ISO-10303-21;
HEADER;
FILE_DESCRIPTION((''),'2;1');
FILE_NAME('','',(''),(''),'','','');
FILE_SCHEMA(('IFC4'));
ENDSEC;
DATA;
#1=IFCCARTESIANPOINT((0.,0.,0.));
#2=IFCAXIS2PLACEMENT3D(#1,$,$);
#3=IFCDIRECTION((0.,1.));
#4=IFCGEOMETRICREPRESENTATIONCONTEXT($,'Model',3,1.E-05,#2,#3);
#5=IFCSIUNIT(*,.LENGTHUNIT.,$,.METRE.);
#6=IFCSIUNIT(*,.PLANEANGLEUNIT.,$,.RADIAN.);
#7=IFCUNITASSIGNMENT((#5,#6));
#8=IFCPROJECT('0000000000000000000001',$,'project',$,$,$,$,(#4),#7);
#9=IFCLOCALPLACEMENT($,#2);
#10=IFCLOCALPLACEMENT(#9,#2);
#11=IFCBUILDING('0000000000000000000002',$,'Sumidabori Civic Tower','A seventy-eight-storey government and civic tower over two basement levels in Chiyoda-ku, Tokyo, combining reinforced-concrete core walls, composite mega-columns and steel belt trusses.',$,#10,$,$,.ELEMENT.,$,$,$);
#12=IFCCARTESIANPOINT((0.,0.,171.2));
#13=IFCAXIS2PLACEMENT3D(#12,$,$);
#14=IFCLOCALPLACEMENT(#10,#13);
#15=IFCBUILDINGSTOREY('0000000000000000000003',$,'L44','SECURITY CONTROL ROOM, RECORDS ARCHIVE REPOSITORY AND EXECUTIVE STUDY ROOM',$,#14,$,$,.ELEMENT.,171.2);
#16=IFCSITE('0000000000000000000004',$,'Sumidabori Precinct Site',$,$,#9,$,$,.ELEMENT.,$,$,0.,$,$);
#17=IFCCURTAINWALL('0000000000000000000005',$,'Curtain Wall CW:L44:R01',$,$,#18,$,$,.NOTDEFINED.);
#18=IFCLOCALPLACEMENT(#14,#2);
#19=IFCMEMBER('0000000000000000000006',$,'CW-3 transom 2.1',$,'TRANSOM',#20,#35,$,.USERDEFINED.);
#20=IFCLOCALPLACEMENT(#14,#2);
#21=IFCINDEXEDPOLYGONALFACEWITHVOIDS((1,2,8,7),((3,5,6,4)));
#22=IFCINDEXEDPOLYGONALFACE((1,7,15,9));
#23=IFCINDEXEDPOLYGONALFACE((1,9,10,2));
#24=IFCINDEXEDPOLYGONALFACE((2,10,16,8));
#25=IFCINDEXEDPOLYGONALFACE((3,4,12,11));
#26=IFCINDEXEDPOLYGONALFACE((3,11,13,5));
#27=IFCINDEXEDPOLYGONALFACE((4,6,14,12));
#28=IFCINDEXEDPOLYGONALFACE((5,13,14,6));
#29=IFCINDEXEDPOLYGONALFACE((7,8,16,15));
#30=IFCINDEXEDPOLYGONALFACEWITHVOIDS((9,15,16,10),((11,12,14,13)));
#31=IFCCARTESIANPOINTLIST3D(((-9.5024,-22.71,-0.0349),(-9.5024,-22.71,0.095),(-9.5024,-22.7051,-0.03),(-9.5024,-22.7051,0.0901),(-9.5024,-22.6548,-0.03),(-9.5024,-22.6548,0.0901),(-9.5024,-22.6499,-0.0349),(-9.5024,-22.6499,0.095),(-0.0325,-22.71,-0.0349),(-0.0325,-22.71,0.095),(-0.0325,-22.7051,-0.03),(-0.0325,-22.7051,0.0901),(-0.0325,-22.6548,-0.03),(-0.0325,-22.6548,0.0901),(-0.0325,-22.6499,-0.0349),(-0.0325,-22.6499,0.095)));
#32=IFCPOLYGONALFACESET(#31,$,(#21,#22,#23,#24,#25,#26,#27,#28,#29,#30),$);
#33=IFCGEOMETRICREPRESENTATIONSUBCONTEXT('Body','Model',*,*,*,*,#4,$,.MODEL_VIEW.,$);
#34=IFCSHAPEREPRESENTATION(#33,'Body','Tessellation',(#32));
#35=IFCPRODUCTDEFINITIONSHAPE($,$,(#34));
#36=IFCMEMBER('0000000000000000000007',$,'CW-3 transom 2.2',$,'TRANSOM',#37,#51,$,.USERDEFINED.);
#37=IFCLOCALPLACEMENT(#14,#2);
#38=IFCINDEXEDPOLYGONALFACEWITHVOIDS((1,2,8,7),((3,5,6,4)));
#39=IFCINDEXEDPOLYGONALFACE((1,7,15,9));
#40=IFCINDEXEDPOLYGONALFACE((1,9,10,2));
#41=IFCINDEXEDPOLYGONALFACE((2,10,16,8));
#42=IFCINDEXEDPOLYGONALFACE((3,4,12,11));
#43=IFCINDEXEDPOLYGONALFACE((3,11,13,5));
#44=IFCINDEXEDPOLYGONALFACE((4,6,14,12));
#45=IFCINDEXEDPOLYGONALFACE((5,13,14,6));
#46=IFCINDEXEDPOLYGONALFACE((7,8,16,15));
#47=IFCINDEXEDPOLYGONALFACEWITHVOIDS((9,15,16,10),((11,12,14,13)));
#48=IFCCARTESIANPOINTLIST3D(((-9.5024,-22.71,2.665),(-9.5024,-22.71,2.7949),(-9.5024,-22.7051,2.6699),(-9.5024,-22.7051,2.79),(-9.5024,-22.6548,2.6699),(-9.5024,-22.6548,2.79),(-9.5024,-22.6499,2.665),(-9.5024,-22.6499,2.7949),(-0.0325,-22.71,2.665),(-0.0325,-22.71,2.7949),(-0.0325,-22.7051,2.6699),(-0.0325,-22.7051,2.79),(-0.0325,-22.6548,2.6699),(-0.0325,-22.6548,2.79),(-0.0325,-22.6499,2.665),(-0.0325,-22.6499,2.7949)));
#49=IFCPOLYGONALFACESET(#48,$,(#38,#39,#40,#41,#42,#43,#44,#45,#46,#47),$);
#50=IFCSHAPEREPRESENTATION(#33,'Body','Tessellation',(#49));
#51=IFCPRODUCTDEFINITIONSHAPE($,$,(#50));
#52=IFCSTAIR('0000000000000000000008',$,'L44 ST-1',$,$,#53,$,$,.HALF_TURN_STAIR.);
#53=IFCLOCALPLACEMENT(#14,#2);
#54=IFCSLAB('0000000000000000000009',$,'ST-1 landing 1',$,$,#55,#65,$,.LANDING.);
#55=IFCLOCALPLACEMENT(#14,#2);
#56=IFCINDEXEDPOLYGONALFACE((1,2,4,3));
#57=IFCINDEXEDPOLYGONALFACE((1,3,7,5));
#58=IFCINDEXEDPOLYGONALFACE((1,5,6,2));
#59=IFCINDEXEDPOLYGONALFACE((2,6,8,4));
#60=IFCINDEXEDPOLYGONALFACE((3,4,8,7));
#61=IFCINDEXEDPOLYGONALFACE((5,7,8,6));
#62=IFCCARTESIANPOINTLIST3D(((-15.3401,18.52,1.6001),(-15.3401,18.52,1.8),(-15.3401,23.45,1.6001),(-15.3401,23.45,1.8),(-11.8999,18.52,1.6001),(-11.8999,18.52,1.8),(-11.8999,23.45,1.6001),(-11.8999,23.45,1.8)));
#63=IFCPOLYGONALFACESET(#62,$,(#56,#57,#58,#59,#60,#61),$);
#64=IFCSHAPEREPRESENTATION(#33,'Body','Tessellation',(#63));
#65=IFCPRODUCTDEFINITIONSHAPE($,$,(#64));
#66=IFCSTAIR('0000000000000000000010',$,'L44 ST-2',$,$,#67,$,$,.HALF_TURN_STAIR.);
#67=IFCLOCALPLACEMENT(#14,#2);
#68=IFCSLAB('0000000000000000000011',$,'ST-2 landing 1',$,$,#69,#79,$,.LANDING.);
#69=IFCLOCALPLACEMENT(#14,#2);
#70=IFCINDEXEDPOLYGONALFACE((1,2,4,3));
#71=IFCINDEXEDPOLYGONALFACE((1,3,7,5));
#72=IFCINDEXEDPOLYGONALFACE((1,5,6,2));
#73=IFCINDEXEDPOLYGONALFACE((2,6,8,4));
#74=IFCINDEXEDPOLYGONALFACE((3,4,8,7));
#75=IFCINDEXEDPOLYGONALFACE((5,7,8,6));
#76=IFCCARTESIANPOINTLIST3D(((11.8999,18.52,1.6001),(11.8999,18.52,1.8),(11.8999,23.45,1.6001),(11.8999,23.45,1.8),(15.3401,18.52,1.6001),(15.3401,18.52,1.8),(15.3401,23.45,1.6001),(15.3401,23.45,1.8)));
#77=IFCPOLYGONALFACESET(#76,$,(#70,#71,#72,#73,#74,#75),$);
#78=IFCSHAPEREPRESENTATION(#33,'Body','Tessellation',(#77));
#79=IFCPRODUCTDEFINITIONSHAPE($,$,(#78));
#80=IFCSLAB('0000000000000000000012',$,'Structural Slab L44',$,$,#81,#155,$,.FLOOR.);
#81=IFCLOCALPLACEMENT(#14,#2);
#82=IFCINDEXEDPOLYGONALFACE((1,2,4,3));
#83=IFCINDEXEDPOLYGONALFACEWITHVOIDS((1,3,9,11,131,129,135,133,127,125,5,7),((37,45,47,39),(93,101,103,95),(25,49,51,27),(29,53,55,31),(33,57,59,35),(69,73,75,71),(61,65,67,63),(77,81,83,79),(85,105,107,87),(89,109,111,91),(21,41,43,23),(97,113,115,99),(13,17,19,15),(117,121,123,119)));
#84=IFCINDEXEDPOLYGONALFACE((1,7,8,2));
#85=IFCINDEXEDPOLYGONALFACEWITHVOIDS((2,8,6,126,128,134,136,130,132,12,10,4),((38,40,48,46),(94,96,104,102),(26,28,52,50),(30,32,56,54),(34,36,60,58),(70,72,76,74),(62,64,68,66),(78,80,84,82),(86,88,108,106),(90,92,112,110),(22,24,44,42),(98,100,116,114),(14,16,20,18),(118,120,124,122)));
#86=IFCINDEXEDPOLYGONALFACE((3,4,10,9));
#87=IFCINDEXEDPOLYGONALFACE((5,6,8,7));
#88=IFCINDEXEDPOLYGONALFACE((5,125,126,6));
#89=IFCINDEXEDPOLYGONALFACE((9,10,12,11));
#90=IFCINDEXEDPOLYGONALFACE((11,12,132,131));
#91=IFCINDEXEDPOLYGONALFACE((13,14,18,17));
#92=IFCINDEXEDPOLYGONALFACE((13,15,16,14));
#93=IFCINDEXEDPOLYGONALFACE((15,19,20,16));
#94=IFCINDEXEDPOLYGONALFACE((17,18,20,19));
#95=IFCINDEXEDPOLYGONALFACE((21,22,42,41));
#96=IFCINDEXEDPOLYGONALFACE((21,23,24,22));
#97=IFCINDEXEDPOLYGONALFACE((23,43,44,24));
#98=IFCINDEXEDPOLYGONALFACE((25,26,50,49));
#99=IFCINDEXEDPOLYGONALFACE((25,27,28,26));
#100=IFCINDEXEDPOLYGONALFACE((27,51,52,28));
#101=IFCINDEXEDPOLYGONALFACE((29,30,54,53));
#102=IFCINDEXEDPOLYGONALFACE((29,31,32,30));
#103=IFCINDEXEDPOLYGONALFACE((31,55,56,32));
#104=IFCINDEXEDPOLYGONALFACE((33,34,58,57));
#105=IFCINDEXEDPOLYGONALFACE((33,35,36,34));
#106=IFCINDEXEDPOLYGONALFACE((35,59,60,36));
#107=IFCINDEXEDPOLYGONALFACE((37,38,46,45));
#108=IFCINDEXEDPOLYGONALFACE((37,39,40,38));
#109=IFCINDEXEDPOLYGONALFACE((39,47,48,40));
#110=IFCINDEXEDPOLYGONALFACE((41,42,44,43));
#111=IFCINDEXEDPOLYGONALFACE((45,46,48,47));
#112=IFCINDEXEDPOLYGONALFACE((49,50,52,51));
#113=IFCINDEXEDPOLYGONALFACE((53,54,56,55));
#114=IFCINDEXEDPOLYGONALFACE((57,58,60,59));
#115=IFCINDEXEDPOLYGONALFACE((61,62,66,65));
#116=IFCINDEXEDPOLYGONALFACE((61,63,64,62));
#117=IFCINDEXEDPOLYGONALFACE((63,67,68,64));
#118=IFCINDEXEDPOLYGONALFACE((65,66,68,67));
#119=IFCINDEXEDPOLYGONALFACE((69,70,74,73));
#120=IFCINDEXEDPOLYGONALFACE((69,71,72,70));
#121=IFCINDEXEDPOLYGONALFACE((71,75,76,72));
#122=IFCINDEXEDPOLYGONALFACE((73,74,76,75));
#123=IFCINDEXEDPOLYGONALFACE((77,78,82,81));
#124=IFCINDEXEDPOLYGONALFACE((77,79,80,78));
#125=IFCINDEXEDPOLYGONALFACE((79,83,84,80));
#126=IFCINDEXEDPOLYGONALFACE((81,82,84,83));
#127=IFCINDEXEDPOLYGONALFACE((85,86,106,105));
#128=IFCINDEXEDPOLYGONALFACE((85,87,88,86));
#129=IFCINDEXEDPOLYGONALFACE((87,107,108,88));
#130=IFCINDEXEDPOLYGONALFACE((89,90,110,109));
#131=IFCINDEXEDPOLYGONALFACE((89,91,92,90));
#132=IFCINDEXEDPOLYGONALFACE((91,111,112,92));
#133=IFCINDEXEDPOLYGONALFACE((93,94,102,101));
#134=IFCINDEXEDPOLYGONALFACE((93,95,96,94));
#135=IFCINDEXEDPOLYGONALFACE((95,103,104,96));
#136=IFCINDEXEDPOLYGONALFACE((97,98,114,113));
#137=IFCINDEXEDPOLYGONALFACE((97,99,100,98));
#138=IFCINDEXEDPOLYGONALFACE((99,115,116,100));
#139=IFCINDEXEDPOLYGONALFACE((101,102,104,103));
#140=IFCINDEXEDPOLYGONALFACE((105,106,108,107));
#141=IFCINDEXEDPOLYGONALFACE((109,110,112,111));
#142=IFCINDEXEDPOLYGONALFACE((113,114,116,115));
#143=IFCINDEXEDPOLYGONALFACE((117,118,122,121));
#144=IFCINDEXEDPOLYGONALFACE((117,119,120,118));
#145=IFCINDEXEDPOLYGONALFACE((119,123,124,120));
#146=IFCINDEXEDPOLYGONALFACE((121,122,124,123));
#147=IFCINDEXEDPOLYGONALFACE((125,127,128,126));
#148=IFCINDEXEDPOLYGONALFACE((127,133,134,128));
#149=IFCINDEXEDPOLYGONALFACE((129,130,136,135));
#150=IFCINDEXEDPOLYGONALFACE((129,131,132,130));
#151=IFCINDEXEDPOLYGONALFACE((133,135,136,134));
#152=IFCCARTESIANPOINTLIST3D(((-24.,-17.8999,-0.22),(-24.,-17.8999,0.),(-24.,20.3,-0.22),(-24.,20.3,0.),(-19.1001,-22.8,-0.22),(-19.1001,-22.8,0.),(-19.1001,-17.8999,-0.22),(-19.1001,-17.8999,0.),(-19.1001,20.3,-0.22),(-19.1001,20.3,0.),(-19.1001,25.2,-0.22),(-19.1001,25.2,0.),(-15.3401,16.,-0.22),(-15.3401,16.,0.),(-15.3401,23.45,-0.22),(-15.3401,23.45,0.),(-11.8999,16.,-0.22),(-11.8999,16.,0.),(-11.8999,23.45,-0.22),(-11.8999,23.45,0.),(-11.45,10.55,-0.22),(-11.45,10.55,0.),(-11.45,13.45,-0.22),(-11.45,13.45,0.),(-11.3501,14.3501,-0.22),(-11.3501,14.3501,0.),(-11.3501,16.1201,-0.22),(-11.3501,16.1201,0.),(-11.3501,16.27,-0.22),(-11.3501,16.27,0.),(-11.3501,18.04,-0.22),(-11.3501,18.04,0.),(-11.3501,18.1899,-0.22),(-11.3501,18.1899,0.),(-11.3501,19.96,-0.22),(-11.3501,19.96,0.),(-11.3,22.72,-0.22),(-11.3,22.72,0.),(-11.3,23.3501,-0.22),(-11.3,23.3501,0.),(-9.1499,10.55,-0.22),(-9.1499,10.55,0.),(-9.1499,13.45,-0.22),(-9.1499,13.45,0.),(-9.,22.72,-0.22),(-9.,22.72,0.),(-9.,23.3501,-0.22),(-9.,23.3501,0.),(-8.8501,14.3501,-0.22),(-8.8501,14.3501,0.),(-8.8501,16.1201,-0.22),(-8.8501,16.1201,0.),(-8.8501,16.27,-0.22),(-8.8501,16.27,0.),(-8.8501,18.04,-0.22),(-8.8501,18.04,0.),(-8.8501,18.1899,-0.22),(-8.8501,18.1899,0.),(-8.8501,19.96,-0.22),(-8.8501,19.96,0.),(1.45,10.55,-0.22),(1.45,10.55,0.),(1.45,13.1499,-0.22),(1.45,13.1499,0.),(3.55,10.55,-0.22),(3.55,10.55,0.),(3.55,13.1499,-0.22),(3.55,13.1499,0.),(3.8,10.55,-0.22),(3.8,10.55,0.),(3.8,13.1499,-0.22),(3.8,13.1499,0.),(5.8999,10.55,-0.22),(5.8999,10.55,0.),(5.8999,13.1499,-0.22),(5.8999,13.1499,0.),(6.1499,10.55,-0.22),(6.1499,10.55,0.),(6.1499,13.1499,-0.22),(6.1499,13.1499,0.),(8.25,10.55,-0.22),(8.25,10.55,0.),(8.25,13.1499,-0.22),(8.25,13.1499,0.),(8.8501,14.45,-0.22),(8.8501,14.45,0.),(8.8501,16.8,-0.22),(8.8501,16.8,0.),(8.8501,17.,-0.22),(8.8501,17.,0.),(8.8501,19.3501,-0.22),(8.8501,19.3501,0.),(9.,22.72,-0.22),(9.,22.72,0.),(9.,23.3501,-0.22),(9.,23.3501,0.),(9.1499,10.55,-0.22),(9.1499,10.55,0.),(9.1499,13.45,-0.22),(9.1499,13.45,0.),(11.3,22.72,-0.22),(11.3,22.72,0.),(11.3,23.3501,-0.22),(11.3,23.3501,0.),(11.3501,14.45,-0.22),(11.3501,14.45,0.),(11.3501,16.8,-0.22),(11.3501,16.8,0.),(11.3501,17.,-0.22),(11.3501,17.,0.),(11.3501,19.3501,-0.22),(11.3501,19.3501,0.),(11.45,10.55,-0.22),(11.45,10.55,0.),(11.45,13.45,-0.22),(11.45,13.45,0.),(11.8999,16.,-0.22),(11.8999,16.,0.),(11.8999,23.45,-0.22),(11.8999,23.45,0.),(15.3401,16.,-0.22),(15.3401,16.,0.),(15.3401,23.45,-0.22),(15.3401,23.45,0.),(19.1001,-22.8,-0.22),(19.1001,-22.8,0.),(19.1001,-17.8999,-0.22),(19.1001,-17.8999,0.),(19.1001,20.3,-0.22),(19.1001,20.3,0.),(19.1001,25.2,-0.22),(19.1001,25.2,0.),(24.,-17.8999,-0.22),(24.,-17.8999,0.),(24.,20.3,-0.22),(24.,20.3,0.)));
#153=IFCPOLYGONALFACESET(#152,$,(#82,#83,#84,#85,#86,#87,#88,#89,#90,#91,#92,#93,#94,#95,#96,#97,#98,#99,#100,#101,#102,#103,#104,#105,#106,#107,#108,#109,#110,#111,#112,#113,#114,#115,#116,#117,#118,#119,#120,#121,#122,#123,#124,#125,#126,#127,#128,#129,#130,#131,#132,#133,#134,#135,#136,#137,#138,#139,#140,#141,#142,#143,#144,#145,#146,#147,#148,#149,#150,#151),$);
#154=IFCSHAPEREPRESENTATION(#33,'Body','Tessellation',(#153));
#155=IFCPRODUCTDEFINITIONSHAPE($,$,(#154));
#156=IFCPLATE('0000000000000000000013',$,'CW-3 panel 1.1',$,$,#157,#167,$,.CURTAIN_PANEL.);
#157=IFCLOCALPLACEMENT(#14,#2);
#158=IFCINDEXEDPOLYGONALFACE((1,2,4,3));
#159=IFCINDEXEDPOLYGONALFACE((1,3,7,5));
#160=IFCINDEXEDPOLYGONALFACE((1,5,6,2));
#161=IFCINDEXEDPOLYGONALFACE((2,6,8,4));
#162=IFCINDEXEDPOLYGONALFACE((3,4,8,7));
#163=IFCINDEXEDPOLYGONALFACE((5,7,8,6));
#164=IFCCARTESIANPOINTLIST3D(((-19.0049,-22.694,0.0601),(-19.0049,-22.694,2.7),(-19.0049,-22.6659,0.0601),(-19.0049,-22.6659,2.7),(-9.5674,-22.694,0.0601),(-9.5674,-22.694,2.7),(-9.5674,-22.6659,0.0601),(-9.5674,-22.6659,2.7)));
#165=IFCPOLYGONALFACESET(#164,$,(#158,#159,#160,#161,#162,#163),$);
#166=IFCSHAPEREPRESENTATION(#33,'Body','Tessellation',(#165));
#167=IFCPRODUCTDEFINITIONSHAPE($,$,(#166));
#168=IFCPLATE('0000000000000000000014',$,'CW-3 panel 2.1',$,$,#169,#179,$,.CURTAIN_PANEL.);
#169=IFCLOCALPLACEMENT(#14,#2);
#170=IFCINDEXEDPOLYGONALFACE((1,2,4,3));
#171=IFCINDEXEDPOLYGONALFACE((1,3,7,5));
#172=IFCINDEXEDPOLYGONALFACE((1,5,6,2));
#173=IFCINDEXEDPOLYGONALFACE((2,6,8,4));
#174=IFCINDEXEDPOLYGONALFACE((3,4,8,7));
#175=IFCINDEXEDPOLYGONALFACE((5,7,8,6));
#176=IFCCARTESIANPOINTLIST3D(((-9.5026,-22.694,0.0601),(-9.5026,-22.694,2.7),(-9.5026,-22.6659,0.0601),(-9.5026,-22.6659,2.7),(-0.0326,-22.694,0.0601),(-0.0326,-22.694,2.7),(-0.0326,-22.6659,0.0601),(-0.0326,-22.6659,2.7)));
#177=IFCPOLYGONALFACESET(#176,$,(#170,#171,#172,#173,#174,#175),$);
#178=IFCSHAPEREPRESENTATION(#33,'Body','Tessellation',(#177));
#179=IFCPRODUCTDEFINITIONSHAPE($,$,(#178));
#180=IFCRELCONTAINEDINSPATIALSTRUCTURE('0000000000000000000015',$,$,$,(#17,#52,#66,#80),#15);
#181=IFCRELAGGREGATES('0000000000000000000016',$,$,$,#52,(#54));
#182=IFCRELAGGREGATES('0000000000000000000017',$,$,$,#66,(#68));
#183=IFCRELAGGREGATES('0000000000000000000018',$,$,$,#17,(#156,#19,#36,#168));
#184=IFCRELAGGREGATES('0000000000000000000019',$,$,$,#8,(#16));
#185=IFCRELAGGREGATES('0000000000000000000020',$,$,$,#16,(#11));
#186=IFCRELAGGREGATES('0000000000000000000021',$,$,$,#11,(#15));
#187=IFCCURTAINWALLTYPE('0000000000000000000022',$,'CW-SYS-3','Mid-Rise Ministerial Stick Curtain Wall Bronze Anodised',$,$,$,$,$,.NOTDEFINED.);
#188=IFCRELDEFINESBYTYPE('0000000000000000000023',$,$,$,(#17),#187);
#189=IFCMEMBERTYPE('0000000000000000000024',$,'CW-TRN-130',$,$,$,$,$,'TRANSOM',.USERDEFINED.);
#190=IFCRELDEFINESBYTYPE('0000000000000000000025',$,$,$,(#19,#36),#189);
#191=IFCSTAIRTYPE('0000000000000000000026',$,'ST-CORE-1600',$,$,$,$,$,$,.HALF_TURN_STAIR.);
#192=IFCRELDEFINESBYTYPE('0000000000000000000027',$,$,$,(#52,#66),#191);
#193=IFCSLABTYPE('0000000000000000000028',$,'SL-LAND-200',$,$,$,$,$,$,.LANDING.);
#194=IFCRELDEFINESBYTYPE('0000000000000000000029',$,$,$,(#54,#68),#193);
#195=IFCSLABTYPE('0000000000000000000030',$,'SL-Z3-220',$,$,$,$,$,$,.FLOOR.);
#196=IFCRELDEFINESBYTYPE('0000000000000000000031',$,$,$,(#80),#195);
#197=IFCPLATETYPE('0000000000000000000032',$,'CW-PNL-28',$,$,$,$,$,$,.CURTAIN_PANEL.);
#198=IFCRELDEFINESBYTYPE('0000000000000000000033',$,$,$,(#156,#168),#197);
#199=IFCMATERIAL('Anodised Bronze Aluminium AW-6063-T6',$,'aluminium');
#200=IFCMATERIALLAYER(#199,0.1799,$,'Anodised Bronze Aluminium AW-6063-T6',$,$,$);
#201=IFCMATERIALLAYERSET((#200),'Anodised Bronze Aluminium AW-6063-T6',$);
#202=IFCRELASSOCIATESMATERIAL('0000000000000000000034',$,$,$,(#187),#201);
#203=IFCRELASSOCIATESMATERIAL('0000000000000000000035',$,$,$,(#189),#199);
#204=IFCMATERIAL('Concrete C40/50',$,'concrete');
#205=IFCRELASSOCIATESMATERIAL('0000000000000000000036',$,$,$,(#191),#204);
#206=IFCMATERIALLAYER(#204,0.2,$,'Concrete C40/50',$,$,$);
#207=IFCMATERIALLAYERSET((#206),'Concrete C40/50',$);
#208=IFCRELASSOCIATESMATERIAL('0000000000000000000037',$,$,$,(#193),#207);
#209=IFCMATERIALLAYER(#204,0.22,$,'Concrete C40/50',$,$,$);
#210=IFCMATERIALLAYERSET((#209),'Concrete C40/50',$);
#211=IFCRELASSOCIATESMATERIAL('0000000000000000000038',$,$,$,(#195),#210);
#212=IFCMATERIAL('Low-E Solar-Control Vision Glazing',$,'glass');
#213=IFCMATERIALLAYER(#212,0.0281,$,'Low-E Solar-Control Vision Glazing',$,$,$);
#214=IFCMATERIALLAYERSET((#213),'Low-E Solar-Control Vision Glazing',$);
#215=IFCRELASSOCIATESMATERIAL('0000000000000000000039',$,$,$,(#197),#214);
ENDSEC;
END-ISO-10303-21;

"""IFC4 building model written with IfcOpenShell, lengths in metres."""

from ifc_helpers import new_model, si_unit, direction, frame, origin, origin_2d, place, context, subcontext, project, spatial, polyline, rectangle, hollow_rectangle, outline, extrude, source, transform, mapped, material, layer, layer_set, material_profile, profile_set, type_object, element, aggregate, save


model = new_model("IFC4")

# Units and contexts
model_context = context("Model", 3, precision=1e-05, world=origin(), true_north=direction((0.0, 1.0)))
body_context = subcontext(model_context, "Body", "Model", "MODEL_VIEW")
ifc_project = project(units=[si_unit("LENGTHUNIT", "METRE"), si_unit("PLANEANGLEUNIT", "RADIAN")], contexts=[model_context])

# Site, building, storey
site_placement = place(None, origin())
site = spatial("IfcSite", under=ifc_project, at=site_placement, Name="Sumidabori Precinct Site", CompositionType="ELEMENT", RefElevation=0.0)
building_placement = place(site_placement, origin())
building = spatial("IfcBuilding", under=site, at=building_placement, Name="Sumidabori Civic Tower", Description="A seventy-eight-storey government and civic tower over two basement levels in Chiyoda-ku, Tokyo, combining reinforced-concrete core walls, composite mega-columns and steel belt trusses.", CompositionType="ELEMENT")
storey_placement = place(building_placement, frame((0.0, 0.0, 171.2)))
storey = spatial("IfcBuildingStorey", under=building, at=storey_placement, Name="L44", Description="SECURITY CONTROL ROOM, RECORDS ARCHIVE REPOSITORY AND EXECUTIVE STUDY ROOM", CompositionType="ELEMENT", Elevation=171.2)

# Curtain wall, members
ifc_material_1 = material(Name="Anodised Bronze Aluminium AW-6063-T6", Category="aluminium")
ifc_layer_1 = layer(ifc_material_1, 0.1799, Name="Anodised Bronze Aluminium AW-6063-T6")
ifc_layer_set_1 = layer_set([ifc_layer_1], Name="Anodised Bronze Aluminium AW-6063-T6")
curtain_wall_type = type_object("IfcCurtainWallType", Name="CW-SYS-3", Description="Mid-Rise Ministerial Stick Curtain Wall Bronze Anodised", PredefinedType="NOTDEFINED", material=ifc_layer_set_1)
curtain_wall_placement = place(storey_placement, origin())
curtain_wall = element("IfcCurtainWall", 1, at=curtain_wall_placement, inside=storey, type_object=curtain_wall_type, Name="Curtain Wall CW:L44:R01", PredefinedType="NOTDEFINED")
ifc_material_profile_1 = material_profile(ifc_material_1, hollow_rectangle(XDim=0.0601, YDim=0.1299, WallThickness=0.0049, at=origin_2d()), Name="ALU TRANSOM 130x60")
ifc_profile_set_1 = profile_set([ifc_material_profile_1], Name="Anodised Bronze Aluminium AW-6063-T6")
member_type_1 = type_object("IfcMemberType", Name="CW-TRN-130", ElementType="TRANSOM", PredefinedType="USERDEFINED", material=ifc_profile_set_1)
shared_shape_1 = source(origin(), body_context, "Body", "SweptSolid", [
    extrude(hollow_rectangle(XDim=0.0601, YDim=0.1299, WallThickness=0.0049, at=origin_2d()), origin(), (0.0, 0.0, 1.0), 9.47),
])
member_1_placement = place(storey_placement, frame((-9.5024, -22.6799, 0.03), z_axis=(1.0, 0.0, 0.0), x_axis=(0.0, 1.0, 0.0)))
member_1 = element("IfcMember", 2, at=member_1_placement, type_object=member_type_1, Name="CW-3 transom 2.1", ObjectType="TRANSOM", PredefinedType="USERDEFINED", context=body_context, shape_type="MappedRepresentation", body=[
    mapped(shared_shape_1, transform((0.0, 0.0, 0.0), x_axis=(1.0, 0.0, 0.0), y_axis=(0.0, 1.0, 0.0), z_axis=(0.0, 0.0, 1.0), scale=1.0)),
])
member_2_placement = place(storey_placement, frame((-9.5024, -22.6799, 2.73), z_axis=(1.0, 0.0, 0.0), x_axis=(0.0, 1.0, 0.0)))
member_2 = element("IfcMember", 3, at=member_2_placement, type_object=member_type_1, Name="CW-3 transom 2.2", ObjectType="TRANSOM", PredefinedType="USERDEFINED", context=body_context, shape_type="MappedRepresentation", body=[
    mapped(shared_shape_1, transform((0.0, 0.0, 0.0), x_axis=(1.0, 0.0, 0.0), y_axis=(0.0, 1.0, 0.0), z_axis=(0.0, 0.0, 1.0), scale=1.0)),
])

# Stairs, slabs
ifc_material_2 = material(Name="Concrete C40/50", Category="concrete")
stair_type = type_object("IfcStairType", Name="ST-CORE-1600", PredefinedType="HALF_TURN_STAIR", material=ifc_material_2)
stair_1_placement = place(storey_placement, origin())
stair_1 = element("IfcStair", 4, at=stair_1_placement, inside=storey, type_object=stair_type, Name="L44 ST-1", PredefinedType="HALF_TURN_STAIR")
ifc_layer_2 = layer(ifc_material_2, 0.2, Name="Concrete C40/50")
ifc_layer_set_2 = layer_set([ifc_layer_2], Name="Concrete C40/50")
slab_type_1 = type_object("IfcSlabType", Name="SL-LAND-200", PredefinedType="LANDING", material=ifc_layer_set_2)
slab_1_placement = place(storey_placement, frame((0.0, 0.0, 1.6001)))
slab_1 = element("IfcSlab", 5, at=slab_1_placement, type_object=slab_type_1, Name="ST-1 landing 1", PredefinedType="LANDING", context=body_context, shape_type="SweptSolid", body=[
    extrude(outline(polyline([(-11.8999, 18.52), (-11.8999, 23.45), (-15.3401, 23.45), (-15.3401, 18.52), (-11.8999, 18.52)])), origin(), (0.0, 0.0, 1.0), 0.2),
])
aggregate(stair_1, [slab_1])
stair_2_placement = place(storey_placement, origin())
stair_2 = element("IfcStair", 6, at=stair_2_placement, inside=storey, type_object=stair_type, Name="L44 ST-2", PredefinedType="HALF_TURN_STAIR")
slab_2_placement = place(storey_placement, frame((0.0, 0.0, 1.6001)))
slab_2 = element("IfcSlab", 7, at=slab_2_placement, type_object=slab_type_1, Name="ST-2 landing 1", PredefinedType="LANDING", context=body_context, shape_type="SweptSolid", body=[
    extrude(outline(polyline([(15.3401, 18.52), (15.3401, 23.45), (11.8999, 23.45), (11.8999, 18.52), (15.3401, 18.52)])), origin(), (0.0, 0.0, 1.0), 0.2),
])
aggregate(stair_2, [slab_2])

# Slab
ifc_layer_3 = layer(ifc_material_2, 0.22, Name="Concrete C40/50")
ifc_layer_set_3 = layer_set([ifc_layer_3], Name="Concrete C40/50")
slab_type_2 = type_object("IfcSlabType", Name="SL-Z3-220", PredefinedType="FLOOR", material=ifc_layer_set_3)
slab_3_placement = place(storey_placement, frame((0.0, 0.0, -0.22)))
element("IfcSlab", 8, at=slab_3_placement, inside=storey, type_object=slab_type_2, Name="Structural Slab L44", PredefinedType="FLOOR", context=body_context, shape_type="SweptSolid", body=[
    extrude(outline(polyline([(-19.1001, -22.8), (19.1001, -22.8), (19.1001, -17.8999), (24.0, -17.8999), (24.0, 20.3), (19.1001, 20.3), (19.1001, 25.2), (-19.1001, 25.2), (-19.1001, 20.3), (-24.0, 20.3), (-24.0, -17.8999), (-19.1001, -17.8999), (-19.1001, -22.8)]), holes=[polyline([(-11.8999, 16.0), (-11.8999, 23.45), (-15.3401, 23.45), (-15.3401, 16.0), (-11.8999, 16.0)]), polyline([(15.3401, 16.0), (15.3401, 23.45), (11.8999, 23.45), (11.8999, 16.0), (15.3401, 16.0)]), polyline([(-11.45, 10.55), (-9.1499, 10.55), (-9.1499, 13.45), (-11.45, 13.45), (-11.45, 10.55)]), polyline([(9.1499, 10.55), (11.45, 10.55), (11.45, 13.45), (9.1499, 13.45), (9.1499, 10.55)]), polyline([(1.45, 10.55), (3.55, 10.55), (3.55, 13.1499), (1.45, 13.1499), (1.45, 10.55)]), polyline([(3.8, 10.55), (5.8999, 10.55), (5.8999, 13.1499), (3.8, 13.1499), (3.8, 10.55)]), polyline([(6.1499, 10.55), (8.25, 10.55), (8.25, 13.1499), (6.1499, 13.1499), (6.1499, 10.55)]), polyline([(-11.3501, 14.3501), (-8.8501, 14.3501), (-8.8501, 16.1201), (-11.3501, 16.1201), (-11.3501, 14.3501)]), polyline([(-11.3501, 16.27), (-8.8501, 16.27), (-8.8501, 18.04), (-11.3501, 18.04), (-11.3501, 16.27)]), polyline([(-11.3501, 18.1899), (-8.8501, 18.1899), (-8.8501, 19.96), (-11.3501, 19.96), (-11.3501, 18.1899)]), polyline([(8.8501, 14.45), (11.3501, 14.45), (11.3501, 16.8), (8.8501, 16.8), (8.8501, 14.45)]), polyline([(8.8501, 17.0), (11.3501, 17.0), (11.3501, 19.3501), (8.8501, 19.3501), (8.8501, 17.0)]), polyline([(-11.3, 22.72), (-9.0, 22.72), (-9.0, 23.3501), (-11.3, 23.3501), (-11.3, 22.72)]), polyline([(9.0, 22.72), (11.3, 22.72), (11.3, 23.3501), (9.0, 23.3501), (9.0, 22.72)])]), origin(), (0.0, 0.0, 1.0), 0.22),
])

# Plates
ifc_material_3 = material(Name="Low-E Solar-Control Vision Glazing", Category="glass")
ifc_layer_4 = layer(ifc_material_3, 0.0281, Name="Low-E Solar-Control Vision Glazing")
ifc_layer_set_4 = layer_set([ifc_layer_4], Name="Low-E Solar-Control Vision Glazing")
plate_type = type_object("IfcPlateType", Name="CW-PNL-28", PredefinedType="CURTAIN_PANEL", material=ifc_layer_set_4)
shared_shape_2 = source(origin(), body_context, "Body", "SweptSolid", [
    extrude(rectangle(XDim=9.4375, YDim=0.0281, at=origin_2d()), origin(), (0.0, 0.0, 1.0), 2.6399),
])
plate_1_placement = place(storey_placement, frame((-14.2861, -22.6799, 0.0601), z_axis=(0.0, 0.0, 1.0), x_axis=(1.0, 0.0, 0.0)))
plate_1 = element("IfcPlate", 9, at=plate_1_placement, type_object=plate_type, Name="CW-3 panel 1.1", PredefinedType="CURTAIN_PANEL", context=body_context, shape_type="MappedRepresentation", body=[
    mapped(shared_shape_2, transform((0.0, 0.0, 0.0), x_axis=(1.0, 0.0, 0.0), y_axis=(0.0, 1.0, 0.0), z_axis=(0.0, 0.0, 1.0), scale=1.0)),
])
shared_shape_3 = source(origin(), body_context, "Body", "SweptSolid", [
    extrude(rectangle(XDim=9.47, YDim=0.0281, at=origin_2d()), origin(), (0.0, 0.0, 1.0), 2.6399),
])
plate_2_placement = place(storey_placement, frame((-4.7676, -22.6799, 0.0601), z_axis=(0.0, 0.0, 1.0), x_axis=(1.0, 0.0, 0.0)))
plate_2 = element("IfcPlate", 10, at=plate_2_placement, type_object=plate_type, Name="CW-3 panel 2.1", PredefinedType="CURTAIN_PANEL", context=body_context, shape_type="MappedRepresentation", body=[
    mapped(shared_shape_3, transform((0.0, 0.0, 0.0), x_axis=(1.0, 0.0, 0.0), y_axis=(0.0, 1.0, 0.0), z_axis=(0.0, 0.0, 1.0), scale=1.0)),
])
aggregate(curtain_wall, [plate_1, member_1, member_2, plate_2])

save(model, "model.ifc")
